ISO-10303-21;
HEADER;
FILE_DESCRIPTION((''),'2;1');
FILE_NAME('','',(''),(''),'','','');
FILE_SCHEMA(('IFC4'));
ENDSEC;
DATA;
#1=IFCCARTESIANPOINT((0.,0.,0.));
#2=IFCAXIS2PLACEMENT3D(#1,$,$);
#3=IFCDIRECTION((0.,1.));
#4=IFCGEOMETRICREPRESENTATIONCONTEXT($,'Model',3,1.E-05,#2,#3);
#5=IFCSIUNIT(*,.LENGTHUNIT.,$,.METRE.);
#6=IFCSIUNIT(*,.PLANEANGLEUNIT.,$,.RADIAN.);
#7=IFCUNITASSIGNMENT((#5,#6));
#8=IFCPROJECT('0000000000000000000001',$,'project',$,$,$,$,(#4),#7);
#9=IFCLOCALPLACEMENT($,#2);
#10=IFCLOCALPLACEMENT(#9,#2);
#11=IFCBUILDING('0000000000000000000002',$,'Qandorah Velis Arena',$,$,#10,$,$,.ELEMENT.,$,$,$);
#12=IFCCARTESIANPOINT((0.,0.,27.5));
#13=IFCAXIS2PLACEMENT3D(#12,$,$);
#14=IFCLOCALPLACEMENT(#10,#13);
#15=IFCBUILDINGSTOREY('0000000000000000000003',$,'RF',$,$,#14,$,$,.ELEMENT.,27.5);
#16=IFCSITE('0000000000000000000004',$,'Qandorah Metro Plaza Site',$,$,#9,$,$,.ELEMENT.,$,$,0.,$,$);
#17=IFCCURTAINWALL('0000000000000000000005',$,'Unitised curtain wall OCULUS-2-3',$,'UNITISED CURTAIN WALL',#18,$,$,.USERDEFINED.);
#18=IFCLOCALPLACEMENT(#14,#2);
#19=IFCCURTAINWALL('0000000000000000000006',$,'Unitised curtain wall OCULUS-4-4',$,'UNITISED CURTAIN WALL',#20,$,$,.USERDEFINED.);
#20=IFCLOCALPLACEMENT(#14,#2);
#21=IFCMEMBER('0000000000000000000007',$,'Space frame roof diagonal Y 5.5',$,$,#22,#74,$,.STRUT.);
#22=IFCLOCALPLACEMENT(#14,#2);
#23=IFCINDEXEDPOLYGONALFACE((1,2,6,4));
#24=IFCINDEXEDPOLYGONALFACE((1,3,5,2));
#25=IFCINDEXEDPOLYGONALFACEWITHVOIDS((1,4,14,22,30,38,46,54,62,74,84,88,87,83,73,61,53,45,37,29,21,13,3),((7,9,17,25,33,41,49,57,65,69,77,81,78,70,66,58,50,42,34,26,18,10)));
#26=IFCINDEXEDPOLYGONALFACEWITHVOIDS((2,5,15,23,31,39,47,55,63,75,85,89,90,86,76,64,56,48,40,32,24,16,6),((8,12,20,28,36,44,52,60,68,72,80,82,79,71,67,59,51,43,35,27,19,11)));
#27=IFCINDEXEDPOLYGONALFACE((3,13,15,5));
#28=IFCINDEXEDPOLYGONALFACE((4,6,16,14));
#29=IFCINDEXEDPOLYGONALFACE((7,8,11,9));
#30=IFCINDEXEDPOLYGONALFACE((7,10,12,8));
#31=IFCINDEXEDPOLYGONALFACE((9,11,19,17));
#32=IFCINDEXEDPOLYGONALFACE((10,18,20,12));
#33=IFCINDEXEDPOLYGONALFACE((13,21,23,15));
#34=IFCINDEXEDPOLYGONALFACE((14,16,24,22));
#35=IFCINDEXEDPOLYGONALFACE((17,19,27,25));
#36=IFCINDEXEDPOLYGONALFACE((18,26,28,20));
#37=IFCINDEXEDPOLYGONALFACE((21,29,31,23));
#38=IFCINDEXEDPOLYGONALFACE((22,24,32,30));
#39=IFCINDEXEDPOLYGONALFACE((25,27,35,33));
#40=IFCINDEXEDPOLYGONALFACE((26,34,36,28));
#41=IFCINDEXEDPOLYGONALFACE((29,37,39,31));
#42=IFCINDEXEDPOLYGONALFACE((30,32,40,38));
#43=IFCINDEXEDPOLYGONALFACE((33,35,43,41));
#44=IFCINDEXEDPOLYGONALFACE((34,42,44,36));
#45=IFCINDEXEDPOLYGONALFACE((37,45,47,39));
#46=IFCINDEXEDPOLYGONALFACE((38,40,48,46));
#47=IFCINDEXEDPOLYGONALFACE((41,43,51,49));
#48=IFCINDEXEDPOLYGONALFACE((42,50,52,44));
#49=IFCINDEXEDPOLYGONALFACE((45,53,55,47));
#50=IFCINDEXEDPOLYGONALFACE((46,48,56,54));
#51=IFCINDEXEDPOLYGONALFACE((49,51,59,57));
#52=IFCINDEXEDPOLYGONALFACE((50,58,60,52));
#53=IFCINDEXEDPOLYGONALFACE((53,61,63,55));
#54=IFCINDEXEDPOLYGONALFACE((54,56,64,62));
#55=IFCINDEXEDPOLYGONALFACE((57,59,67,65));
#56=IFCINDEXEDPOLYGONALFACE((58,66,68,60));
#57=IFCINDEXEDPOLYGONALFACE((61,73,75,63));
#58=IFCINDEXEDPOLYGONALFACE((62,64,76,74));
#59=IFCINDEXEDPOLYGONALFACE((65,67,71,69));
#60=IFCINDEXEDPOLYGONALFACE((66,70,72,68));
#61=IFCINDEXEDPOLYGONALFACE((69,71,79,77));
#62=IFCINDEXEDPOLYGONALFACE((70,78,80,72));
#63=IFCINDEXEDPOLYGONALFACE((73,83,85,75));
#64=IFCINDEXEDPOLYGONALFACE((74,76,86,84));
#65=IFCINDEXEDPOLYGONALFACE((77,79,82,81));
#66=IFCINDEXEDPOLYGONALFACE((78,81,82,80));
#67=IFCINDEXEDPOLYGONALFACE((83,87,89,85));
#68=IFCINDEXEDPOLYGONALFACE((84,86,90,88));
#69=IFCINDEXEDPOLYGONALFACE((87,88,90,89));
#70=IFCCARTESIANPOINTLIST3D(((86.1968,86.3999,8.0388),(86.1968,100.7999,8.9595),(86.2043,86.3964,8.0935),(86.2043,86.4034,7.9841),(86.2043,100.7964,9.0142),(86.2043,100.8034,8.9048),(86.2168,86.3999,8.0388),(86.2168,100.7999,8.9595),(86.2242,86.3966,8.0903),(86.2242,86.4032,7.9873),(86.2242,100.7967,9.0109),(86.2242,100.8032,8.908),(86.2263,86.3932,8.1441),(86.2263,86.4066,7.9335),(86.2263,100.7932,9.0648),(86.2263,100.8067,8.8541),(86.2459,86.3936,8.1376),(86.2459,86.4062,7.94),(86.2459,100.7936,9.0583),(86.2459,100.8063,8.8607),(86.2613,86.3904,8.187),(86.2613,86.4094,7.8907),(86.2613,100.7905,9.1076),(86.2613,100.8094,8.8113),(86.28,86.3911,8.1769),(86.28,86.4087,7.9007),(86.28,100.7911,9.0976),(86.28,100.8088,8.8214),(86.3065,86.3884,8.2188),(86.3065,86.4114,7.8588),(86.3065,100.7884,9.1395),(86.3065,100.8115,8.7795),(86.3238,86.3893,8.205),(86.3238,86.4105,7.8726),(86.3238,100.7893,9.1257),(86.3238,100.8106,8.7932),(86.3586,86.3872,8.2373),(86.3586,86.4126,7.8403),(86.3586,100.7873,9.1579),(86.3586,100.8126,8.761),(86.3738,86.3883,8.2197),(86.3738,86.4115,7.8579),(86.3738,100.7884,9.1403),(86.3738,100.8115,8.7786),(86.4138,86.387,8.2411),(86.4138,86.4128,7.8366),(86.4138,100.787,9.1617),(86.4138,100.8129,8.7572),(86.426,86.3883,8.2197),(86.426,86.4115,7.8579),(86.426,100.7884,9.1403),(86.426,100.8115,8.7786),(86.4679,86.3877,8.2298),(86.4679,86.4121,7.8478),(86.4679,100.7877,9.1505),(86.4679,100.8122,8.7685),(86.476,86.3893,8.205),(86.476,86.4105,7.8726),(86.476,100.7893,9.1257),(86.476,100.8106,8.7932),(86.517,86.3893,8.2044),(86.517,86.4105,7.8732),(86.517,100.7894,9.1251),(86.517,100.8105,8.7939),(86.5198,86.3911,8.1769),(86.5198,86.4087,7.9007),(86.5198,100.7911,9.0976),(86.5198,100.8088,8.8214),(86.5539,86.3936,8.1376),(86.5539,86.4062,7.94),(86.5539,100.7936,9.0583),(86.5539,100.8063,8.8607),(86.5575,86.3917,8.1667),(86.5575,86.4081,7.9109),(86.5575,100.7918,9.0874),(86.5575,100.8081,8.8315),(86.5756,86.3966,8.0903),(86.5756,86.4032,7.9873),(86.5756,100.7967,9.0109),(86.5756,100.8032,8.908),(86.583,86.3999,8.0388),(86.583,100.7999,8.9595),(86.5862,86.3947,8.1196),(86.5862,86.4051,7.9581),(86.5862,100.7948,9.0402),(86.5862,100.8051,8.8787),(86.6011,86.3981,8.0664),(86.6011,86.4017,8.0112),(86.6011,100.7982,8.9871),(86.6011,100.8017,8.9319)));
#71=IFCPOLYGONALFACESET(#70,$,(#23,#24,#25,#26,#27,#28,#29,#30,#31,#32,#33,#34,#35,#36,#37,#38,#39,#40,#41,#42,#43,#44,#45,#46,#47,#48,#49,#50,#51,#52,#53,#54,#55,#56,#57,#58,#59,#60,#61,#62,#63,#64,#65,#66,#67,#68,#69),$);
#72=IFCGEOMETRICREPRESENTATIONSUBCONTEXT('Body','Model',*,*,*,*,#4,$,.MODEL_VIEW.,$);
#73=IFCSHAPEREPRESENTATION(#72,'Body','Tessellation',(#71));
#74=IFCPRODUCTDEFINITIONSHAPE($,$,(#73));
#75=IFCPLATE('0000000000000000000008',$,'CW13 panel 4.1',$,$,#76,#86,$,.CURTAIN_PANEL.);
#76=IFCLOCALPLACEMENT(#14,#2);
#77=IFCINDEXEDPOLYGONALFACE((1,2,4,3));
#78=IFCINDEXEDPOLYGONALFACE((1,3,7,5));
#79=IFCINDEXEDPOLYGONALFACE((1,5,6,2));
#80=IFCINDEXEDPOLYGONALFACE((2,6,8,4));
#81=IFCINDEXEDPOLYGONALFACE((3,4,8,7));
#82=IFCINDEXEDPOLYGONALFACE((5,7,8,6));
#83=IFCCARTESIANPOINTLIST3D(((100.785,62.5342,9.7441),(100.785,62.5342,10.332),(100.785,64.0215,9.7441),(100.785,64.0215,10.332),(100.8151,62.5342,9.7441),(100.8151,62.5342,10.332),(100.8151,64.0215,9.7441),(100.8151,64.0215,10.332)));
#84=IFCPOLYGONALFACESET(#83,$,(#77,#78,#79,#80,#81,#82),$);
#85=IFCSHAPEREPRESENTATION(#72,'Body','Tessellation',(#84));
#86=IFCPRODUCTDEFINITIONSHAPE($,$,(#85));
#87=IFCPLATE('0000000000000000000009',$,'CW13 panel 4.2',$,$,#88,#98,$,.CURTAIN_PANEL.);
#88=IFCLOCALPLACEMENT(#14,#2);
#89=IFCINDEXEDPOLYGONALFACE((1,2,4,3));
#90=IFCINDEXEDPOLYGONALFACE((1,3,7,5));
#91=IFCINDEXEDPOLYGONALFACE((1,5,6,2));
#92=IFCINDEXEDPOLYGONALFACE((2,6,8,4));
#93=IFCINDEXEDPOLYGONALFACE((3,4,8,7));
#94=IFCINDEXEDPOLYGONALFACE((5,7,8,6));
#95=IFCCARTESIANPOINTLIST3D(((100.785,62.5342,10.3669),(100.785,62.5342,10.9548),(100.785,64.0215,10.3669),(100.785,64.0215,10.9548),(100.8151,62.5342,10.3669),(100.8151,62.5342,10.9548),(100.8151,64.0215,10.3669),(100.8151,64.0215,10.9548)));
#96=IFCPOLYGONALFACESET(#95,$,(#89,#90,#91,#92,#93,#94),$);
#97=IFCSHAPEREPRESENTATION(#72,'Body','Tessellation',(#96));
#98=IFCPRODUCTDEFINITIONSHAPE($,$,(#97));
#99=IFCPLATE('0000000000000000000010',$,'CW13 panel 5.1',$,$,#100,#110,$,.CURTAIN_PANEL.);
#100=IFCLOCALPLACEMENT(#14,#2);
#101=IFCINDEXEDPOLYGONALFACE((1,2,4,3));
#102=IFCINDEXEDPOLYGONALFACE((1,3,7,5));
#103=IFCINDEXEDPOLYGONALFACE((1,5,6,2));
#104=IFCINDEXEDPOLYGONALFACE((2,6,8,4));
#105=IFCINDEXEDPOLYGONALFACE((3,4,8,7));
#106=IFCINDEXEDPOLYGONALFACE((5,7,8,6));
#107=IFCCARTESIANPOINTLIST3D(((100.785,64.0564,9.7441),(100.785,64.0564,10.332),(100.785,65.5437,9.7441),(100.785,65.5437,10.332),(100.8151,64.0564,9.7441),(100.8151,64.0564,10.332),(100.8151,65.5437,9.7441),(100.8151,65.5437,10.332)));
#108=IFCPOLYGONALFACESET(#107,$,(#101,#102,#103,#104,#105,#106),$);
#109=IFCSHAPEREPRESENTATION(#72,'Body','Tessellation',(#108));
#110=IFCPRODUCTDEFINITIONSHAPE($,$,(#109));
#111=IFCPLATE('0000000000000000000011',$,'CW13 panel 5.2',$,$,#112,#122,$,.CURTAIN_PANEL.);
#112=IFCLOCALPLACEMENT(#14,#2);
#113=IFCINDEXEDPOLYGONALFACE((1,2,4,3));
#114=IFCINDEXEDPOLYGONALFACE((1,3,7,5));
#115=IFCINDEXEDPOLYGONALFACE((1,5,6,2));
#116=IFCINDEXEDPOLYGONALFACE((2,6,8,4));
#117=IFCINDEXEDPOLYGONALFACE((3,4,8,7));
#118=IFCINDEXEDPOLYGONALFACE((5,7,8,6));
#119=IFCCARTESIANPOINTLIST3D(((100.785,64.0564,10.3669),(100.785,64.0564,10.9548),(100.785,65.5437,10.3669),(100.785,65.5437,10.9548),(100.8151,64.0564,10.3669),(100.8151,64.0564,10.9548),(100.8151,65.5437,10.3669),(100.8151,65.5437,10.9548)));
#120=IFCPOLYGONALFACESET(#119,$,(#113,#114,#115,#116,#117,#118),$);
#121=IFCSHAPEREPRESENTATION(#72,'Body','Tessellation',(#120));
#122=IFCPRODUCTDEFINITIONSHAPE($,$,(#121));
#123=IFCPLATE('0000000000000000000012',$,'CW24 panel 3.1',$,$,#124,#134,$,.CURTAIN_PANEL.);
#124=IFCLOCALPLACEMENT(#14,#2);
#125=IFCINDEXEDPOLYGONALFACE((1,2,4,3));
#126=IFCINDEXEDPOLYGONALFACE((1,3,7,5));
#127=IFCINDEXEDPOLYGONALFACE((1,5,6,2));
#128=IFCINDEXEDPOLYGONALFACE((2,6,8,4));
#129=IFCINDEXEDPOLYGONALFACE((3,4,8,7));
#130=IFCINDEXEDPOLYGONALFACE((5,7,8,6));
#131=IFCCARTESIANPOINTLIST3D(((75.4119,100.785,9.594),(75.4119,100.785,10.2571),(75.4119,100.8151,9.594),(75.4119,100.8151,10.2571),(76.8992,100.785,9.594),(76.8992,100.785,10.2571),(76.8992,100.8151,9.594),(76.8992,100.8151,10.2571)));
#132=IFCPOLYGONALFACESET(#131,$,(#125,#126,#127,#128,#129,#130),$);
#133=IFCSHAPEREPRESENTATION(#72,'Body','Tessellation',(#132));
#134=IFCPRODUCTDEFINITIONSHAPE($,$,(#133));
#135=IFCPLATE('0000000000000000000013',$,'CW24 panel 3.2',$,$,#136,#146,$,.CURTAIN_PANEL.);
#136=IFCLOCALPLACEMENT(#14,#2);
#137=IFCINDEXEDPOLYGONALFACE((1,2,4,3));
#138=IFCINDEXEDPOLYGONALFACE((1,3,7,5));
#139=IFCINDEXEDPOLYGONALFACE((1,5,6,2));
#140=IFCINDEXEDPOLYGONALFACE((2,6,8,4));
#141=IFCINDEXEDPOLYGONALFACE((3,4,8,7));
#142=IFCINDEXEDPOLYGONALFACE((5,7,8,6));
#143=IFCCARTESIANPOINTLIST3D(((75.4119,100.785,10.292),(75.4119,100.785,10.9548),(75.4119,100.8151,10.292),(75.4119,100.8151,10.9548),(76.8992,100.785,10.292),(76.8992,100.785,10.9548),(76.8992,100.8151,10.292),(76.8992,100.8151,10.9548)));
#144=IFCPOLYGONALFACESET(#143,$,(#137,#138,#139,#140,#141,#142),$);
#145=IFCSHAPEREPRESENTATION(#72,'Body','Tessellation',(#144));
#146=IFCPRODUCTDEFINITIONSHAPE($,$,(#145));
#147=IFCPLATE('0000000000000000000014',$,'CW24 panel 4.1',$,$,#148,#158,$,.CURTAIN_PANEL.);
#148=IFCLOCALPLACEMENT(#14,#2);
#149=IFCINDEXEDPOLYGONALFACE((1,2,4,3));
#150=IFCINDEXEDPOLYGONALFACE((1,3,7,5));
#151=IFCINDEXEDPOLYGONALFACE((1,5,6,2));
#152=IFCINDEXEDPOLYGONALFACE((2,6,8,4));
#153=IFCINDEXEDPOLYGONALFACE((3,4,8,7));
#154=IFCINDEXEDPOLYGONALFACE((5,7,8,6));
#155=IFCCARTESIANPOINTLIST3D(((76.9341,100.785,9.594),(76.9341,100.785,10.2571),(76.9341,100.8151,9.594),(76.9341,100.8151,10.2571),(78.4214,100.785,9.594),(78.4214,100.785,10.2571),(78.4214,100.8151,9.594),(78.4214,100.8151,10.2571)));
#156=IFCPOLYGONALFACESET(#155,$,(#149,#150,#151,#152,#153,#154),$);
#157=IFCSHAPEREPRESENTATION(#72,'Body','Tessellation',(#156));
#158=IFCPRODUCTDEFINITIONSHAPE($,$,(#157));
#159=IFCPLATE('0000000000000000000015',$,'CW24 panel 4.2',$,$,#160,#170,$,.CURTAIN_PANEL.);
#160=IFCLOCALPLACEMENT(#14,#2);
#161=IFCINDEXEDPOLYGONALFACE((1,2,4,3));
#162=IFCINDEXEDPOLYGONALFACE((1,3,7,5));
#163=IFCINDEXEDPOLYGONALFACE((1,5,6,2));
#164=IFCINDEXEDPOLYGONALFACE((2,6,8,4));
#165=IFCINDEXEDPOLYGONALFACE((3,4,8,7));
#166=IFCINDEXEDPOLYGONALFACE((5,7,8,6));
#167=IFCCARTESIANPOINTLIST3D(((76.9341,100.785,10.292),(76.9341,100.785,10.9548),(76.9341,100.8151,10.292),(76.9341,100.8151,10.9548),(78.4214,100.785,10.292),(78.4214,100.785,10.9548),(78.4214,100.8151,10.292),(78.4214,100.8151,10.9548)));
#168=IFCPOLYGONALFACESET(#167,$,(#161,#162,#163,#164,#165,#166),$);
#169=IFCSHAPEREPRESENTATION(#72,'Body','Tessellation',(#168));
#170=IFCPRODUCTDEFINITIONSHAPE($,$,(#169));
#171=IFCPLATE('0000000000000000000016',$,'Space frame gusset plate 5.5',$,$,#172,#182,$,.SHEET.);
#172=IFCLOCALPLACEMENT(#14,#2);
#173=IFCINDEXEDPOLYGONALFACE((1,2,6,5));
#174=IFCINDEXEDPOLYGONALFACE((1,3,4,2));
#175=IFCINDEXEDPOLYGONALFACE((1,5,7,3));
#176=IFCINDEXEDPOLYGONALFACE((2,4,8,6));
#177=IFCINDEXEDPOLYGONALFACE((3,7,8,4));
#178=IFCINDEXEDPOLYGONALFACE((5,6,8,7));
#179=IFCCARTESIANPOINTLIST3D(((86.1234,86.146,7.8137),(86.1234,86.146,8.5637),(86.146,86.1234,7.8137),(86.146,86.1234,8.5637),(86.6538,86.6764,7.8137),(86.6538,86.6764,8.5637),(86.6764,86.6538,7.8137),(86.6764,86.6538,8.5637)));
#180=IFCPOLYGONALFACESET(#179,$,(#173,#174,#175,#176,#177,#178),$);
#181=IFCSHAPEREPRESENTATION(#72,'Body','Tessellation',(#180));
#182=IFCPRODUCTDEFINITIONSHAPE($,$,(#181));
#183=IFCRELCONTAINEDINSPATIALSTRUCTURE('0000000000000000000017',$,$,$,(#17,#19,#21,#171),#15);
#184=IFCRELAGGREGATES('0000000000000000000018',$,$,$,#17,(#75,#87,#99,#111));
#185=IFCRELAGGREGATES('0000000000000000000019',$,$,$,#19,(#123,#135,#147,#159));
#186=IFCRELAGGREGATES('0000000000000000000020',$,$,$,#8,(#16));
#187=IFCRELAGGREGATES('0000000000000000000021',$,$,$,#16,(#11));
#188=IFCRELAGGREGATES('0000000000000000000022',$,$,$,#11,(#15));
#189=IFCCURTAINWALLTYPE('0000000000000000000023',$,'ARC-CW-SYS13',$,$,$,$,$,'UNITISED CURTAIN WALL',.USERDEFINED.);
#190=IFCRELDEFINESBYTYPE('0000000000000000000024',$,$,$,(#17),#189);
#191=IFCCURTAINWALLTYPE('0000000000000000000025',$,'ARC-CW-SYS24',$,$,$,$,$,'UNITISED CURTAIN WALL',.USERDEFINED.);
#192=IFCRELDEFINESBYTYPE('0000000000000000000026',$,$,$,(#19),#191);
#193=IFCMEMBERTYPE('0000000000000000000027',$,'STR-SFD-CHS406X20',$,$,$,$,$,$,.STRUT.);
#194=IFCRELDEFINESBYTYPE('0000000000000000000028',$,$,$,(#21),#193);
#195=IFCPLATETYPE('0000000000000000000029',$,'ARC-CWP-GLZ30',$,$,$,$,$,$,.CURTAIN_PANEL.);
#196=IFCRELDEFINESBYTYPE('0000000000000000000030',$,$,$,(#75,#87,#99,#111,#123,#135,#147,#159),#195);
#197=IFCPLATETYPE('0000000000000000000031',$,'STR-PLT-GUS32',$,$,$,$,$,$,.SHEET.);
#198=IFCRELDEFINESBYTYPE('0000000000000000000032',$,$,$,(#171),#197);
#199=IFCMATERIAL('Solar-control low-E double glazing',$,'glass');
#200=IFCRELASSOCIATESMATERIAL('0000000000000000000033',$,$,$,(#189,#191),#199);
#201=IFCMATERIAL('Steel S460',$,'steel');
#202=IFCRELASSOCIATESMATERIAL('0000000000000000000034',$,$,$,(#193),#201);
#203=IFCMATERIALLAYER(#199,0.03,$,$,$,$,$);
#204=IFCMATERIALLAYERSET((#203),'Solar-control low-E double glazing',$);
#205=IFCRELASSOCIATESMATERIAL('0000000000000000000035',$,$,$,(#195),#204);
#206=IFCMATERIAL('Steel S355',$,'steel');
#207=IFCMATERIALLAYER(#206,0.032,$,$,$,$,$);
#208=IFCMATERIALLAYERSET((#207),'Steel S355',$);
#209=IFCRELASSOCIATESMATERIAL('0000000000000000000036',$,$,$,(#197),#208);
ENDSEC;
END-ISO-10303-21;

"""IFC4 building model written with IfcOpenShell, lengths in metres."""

from ifc_helpers import new_model, si_unit, direction, frame, origin, origin_2d, place, context, subcontext, project, spatial, rectangle, hollow_circle, extrude, material, layer, layer_set, material_profile, profile_set, type_object, element, aggregate, save


model = new_model("IFC4")

# Units and contexts
model_context = context("Model", 3, precision=1e-05, world=origin(), true_north=direction((0.0, 1.0)))
body_context = subcontext(model_context, "Body", "Model", "MODEL_VIEW")
ifc_project = project(units=[si_unit("LENGTHUNIT", "METRE"), si_unit("PLANEANGLEUNIT", "RADIAN")], contexts=[model_context])

# Site, building, storey
site_placement = place(None, origin())
site = spatial("IfcSite", under=ifc_project, at=site_placement, Name="Qandorah Metro Plaza Site", CompositionType="ELEMENT", RefElevation=0.0)
building_placement = place(site_placement, origin())
building = spatial("IfcBuilding", under=site, at=building_placement, Name="Qandorah Velis Arena", CompositionType="ELEMENT")
storey_placement = place(building_placement, frame((0.0, 0.0, 27.5)))
storey = spatial("IfcBuildingStorey", under=building, at=storey_placement, Name="RF", CompositionType="ELEMENT", Elevation=27.5)

# Curtain wall
ifc_material_1 = material(Name="Solar-control low-E double glazing", Category="glass")
curtain_wall_type_1 = type_object("IfcCurtainWallType", Name="ARC-CW-SYS13", ElementType="UNITISED CURTAIN WALL", PredefinedType="USERDEFINED", material=ifc_material_1)
curtain_wall_1_placement = place(storey_placement, origin())
curtain_wall_1 = element("IfcCurtainWall", 1, at=curtain_wall_1_placement, inside=storey, type_object=curtain_wall_type_1, Name="Unitised curtain wall OCULUS-2-3", ObjectType="UNITISED CURTAIN WALL", PredefinedType="USERDEFINED")

# Curtain wall
curtain_wall_type_2 = type_object("IfcCurtainWallType", Name="ARC-CW-SYS24", ElementType="UNITISED CURTAIN WALL", PredefinedType="USERDEFINED", material=ifc_material_1)
curtain_wall_2_placement = place(storey_placement, origin())
curtain_wall_2 = element("IfcCurtainWall", 2, at=curtain_wall_2_placement, inside=storey, type_object=curtain_wall_type_2, Name="Unitised curtain wall OCULUS-4-4", ObjectType="UNITISED CURTAIN WALL", PredefinedType="USERDEFINED")

# Shared definitions
ifc_material_2 = material(Name="Steel S355", Category="steel")

# Member
ifc_material_3 = material(Name="Steel S460", Category="steel")
ifc_material_profile_1 = material_profile(ifc_material_3, hollow_circle(Radius=0.2031, WallThickness=0.02, at=origin_2d()), Name="CHS 406.4x20")
ifc_profile_set_1 = profile_set([ifc_material_profile_1], Name="Steel S460")
member_type_1 = type_object("IfcMemberType", Name="STR-SFD-CHS406X20", PredefinedType="STRUT", material=ifc_profile_set_1)
member_1_placement = place(storey_placement, frame((86.3999, 86.3999, 8.0388), z_axis=(0.0, 0.997962, 0.063803), x_axis=(-1.0, 0.0, 0.0)))
element("IfcMember", 3, at=member_1_placement, inside=storey, type_object=member_type_1, Name="Space frame roof diagonal Y 5.5", PredefinedType="STRUT", context=body_context, shape_type="SweptSolid", body=[
    extrude(hollow_circle(Radius=0.2031, WallThickness=0.02, at=origin_2d()), origin(), (0.0, 0.0, 1.0), 14.4294),
])

# Plates
ifc_layer_1 = layer(ifc_material_1, 0.03)
ifc_layer_set_1 = layer_set([ifc_layer_1], Name="Solar-control low-E double glazing")
plate_type_1 = type_object("IfcPlateType", Name="ARC-CWP-GLZ30", PredefinedType="CURTAIN_PANEL", material=ifc_layer_set_1)
plate_1_placement = place(storey_placement, frame((100.8, 63.2778, 9.7441), z_axis=(0.0, 0.0, 1.0), x_axis=(0.0, 1.0, 0.0)))
plate_1 = element("IfcPlate", 4, at=plate_1_placement, type_object=plate_type_1, Name="CW13 panel 4.1", PredefinedType="CURTAIN_PANEL", context=body_context, shape_type="SweptSolid", body=[
    extrude(rectangle(XDim=1.4873, YDim=0.03, at=origin_2d()), origin(), (0.0, 0.0, 1.0), 0.5879),
])
plate_2_placement = place(storey_placement, frame((100.8, 63.2778, 10.3669), z_axis=(0.0, 0.0, 1.0), x_axis=(0.0, 1.0, 0.0)))
plate_2 = element("IfcPlate", 5, at=plate_2_placement, type_object=plate_type_1, Name="CW13 panel 4.2", PredefinedType="CURTAIN_PANEL", context=body_context, shape_type="SweptSolid", body=[
    extrude(rectangle(XDim=1.4873, YDim=0.03, at=origin_2d()), origin(), (0.0, 0.0, 1.0), 0.5879),
])
plate_3_placement = place(storey_placement, frame((100.8, 64.8, 9.7441), z_axis=(0.0, 0.0, 1.0), x_axis=(0.0, 1.0, 0.0)))
plate_3 = element("IfcPlate", 6, at=plate_3_placement, type_object=plate_type_1, Name="CW13 panel 5.1", PredefinedType="CURTAIN_PANEL", context=body_context, shape_type="SweptSolid", body=[
    extrude(rectangle(XDim=1.4873, YDim=0.03, at=origin_2d()), origin(), (0.0, 0.0, 1.0), 0.5879),
])
plate_4_placement = place(storey_placement, frame((100.8, 64.8, 10.3669), z_axis=(0.0, 0.0, 1.0), x_axis=(0.0, 1.0, 0.0)))
plate_4 = element("IfcPlate", 7, at=plate_4_placement, type_object=plate_type_1, Name="CW13 panel 5.2", PredefinedType="CURTAIN_PANEL", context=body_context, shape_type="SweptSolid", body=[
    extrude(rectangle(XDim=1.4873, YDim=0.03, at=origin_2d()), origin(), (0.0, 0.0, 1.0), 0.5879),
])
aggregate(curtain_wall_1, [plate_1, plate_2, plate_3, plate_4])
plate_5_placement = place(storey_placement, frame((76.1555, 100.8, 9.594), z_axis=(0.0, 0.0, 1.0), x_axis=(1.0, 0.0, 0.0)))
plate_5 = element("IfcPlate", 8, at=plate_5_placement, type_object=plate_type_1, Name="CW24 panel 3.1", PredefinedType="CURTAIN_PANEL", context=body_context, shape_type="SweptSolid", body=[
    extrude(rectangle(XDim=1.4873, YDim=0.03, at=origin_2d()), origin(), (0.0, 0.0, 1.0), 0.6631),
])
plate_6_placement = place(storey_placement, frame((76.1555, 100.8, 10.292), z_axis=(0.0, 0.0, 1.0), x_axis=(1.0, 0.0, 0.0)))
plate_6 = element("IfcPlate", 9, at=plate_6_placement, type_object=plate_type_1, Name="CW24 panel 3.2", PredefinedType="CURTAIN_PANEL", context=body_context, shape_type="SweptSolid", body=[
    extrude(rectangle(XDim=1.4873, YDim=0.03, at=origin_2d()), origin(), (0.0, 0.0, 1.0), 0.6628),
])
plate_7_placement = place(storey_placement, frame((77.6777, 100.8, 9.594), z_axis=(0.0, 0.0, 1.0), x_axis=(1.0, 0.0, 0.0)))
plate_7 = element("IfcPlate", 10, at=plate_7_placement, type_object=plate_type_1, Name="CW24 panel 4.1", PredefinedType="CURTAIN_PANEL", context=body_context, shape_type="SweptSolid", body=[
    extrude(rectangle(XDim=1.4873, YDim=0.03, at=origin_2d()), origin(), (0.0, 0.0, 1.0), 0.6631),
])
plate_8_placement = place(storey_placement, frame((77.6777, 100.8, 10.292), z_axis=(0.0, 0.0, 1.0), x_axis=(1.0, 0.0, 0.0)))
plate_8 = element("IfcPlate", 11, at=plate_8_placement, type_object=plate_type_1, Name="CW24 panel 4.2", PredefinedType="CURTAIN_PANEL", context=body_context, shape_type="SweptSolid", body=[
    extrude(rectangle(XDim=1.4873, YDim=0.03, at=origin_2d()), origin(), (0.0, 0.0, 1.0), 0.6628),
])
aggregate(curtain_wall_2, [plate_5, plate_6, plate_7, plate_8])
ifc_layer_2 = layer(ifc_material_2, 0.032)
ifc_layer_set_2 = layer_set([ifc_layer_2], Name="Steel S355")
plate_type_2 = type_object("IfcPlateType", Name="STR-PLT-GUS32", PredefinedType="SHEET", material=ifc_layer_set_2)
plate_9_placement = place(storey_placement, frame((86.3999, 86.3999, 7.8137), z_axis=(0.0, 0.0, 1.0), x_axis=(0.707107, 0.707107, 0.0)))
element("IfcPlate", 12, at=plate_9_placement, inside=storey, type_object=plate_type_2, Name="Space frame gusset plate 5.5", PredefinedType="SHEET", context=body_context, shape_type="SweptSolid", body=[
    extrude(rectangle(XDim=0.75, YDim=0.032, at=origin_2d()), origin(), (0.0, 0.0, 1.0), 0.75),
])

save(model, "model.ifc")
